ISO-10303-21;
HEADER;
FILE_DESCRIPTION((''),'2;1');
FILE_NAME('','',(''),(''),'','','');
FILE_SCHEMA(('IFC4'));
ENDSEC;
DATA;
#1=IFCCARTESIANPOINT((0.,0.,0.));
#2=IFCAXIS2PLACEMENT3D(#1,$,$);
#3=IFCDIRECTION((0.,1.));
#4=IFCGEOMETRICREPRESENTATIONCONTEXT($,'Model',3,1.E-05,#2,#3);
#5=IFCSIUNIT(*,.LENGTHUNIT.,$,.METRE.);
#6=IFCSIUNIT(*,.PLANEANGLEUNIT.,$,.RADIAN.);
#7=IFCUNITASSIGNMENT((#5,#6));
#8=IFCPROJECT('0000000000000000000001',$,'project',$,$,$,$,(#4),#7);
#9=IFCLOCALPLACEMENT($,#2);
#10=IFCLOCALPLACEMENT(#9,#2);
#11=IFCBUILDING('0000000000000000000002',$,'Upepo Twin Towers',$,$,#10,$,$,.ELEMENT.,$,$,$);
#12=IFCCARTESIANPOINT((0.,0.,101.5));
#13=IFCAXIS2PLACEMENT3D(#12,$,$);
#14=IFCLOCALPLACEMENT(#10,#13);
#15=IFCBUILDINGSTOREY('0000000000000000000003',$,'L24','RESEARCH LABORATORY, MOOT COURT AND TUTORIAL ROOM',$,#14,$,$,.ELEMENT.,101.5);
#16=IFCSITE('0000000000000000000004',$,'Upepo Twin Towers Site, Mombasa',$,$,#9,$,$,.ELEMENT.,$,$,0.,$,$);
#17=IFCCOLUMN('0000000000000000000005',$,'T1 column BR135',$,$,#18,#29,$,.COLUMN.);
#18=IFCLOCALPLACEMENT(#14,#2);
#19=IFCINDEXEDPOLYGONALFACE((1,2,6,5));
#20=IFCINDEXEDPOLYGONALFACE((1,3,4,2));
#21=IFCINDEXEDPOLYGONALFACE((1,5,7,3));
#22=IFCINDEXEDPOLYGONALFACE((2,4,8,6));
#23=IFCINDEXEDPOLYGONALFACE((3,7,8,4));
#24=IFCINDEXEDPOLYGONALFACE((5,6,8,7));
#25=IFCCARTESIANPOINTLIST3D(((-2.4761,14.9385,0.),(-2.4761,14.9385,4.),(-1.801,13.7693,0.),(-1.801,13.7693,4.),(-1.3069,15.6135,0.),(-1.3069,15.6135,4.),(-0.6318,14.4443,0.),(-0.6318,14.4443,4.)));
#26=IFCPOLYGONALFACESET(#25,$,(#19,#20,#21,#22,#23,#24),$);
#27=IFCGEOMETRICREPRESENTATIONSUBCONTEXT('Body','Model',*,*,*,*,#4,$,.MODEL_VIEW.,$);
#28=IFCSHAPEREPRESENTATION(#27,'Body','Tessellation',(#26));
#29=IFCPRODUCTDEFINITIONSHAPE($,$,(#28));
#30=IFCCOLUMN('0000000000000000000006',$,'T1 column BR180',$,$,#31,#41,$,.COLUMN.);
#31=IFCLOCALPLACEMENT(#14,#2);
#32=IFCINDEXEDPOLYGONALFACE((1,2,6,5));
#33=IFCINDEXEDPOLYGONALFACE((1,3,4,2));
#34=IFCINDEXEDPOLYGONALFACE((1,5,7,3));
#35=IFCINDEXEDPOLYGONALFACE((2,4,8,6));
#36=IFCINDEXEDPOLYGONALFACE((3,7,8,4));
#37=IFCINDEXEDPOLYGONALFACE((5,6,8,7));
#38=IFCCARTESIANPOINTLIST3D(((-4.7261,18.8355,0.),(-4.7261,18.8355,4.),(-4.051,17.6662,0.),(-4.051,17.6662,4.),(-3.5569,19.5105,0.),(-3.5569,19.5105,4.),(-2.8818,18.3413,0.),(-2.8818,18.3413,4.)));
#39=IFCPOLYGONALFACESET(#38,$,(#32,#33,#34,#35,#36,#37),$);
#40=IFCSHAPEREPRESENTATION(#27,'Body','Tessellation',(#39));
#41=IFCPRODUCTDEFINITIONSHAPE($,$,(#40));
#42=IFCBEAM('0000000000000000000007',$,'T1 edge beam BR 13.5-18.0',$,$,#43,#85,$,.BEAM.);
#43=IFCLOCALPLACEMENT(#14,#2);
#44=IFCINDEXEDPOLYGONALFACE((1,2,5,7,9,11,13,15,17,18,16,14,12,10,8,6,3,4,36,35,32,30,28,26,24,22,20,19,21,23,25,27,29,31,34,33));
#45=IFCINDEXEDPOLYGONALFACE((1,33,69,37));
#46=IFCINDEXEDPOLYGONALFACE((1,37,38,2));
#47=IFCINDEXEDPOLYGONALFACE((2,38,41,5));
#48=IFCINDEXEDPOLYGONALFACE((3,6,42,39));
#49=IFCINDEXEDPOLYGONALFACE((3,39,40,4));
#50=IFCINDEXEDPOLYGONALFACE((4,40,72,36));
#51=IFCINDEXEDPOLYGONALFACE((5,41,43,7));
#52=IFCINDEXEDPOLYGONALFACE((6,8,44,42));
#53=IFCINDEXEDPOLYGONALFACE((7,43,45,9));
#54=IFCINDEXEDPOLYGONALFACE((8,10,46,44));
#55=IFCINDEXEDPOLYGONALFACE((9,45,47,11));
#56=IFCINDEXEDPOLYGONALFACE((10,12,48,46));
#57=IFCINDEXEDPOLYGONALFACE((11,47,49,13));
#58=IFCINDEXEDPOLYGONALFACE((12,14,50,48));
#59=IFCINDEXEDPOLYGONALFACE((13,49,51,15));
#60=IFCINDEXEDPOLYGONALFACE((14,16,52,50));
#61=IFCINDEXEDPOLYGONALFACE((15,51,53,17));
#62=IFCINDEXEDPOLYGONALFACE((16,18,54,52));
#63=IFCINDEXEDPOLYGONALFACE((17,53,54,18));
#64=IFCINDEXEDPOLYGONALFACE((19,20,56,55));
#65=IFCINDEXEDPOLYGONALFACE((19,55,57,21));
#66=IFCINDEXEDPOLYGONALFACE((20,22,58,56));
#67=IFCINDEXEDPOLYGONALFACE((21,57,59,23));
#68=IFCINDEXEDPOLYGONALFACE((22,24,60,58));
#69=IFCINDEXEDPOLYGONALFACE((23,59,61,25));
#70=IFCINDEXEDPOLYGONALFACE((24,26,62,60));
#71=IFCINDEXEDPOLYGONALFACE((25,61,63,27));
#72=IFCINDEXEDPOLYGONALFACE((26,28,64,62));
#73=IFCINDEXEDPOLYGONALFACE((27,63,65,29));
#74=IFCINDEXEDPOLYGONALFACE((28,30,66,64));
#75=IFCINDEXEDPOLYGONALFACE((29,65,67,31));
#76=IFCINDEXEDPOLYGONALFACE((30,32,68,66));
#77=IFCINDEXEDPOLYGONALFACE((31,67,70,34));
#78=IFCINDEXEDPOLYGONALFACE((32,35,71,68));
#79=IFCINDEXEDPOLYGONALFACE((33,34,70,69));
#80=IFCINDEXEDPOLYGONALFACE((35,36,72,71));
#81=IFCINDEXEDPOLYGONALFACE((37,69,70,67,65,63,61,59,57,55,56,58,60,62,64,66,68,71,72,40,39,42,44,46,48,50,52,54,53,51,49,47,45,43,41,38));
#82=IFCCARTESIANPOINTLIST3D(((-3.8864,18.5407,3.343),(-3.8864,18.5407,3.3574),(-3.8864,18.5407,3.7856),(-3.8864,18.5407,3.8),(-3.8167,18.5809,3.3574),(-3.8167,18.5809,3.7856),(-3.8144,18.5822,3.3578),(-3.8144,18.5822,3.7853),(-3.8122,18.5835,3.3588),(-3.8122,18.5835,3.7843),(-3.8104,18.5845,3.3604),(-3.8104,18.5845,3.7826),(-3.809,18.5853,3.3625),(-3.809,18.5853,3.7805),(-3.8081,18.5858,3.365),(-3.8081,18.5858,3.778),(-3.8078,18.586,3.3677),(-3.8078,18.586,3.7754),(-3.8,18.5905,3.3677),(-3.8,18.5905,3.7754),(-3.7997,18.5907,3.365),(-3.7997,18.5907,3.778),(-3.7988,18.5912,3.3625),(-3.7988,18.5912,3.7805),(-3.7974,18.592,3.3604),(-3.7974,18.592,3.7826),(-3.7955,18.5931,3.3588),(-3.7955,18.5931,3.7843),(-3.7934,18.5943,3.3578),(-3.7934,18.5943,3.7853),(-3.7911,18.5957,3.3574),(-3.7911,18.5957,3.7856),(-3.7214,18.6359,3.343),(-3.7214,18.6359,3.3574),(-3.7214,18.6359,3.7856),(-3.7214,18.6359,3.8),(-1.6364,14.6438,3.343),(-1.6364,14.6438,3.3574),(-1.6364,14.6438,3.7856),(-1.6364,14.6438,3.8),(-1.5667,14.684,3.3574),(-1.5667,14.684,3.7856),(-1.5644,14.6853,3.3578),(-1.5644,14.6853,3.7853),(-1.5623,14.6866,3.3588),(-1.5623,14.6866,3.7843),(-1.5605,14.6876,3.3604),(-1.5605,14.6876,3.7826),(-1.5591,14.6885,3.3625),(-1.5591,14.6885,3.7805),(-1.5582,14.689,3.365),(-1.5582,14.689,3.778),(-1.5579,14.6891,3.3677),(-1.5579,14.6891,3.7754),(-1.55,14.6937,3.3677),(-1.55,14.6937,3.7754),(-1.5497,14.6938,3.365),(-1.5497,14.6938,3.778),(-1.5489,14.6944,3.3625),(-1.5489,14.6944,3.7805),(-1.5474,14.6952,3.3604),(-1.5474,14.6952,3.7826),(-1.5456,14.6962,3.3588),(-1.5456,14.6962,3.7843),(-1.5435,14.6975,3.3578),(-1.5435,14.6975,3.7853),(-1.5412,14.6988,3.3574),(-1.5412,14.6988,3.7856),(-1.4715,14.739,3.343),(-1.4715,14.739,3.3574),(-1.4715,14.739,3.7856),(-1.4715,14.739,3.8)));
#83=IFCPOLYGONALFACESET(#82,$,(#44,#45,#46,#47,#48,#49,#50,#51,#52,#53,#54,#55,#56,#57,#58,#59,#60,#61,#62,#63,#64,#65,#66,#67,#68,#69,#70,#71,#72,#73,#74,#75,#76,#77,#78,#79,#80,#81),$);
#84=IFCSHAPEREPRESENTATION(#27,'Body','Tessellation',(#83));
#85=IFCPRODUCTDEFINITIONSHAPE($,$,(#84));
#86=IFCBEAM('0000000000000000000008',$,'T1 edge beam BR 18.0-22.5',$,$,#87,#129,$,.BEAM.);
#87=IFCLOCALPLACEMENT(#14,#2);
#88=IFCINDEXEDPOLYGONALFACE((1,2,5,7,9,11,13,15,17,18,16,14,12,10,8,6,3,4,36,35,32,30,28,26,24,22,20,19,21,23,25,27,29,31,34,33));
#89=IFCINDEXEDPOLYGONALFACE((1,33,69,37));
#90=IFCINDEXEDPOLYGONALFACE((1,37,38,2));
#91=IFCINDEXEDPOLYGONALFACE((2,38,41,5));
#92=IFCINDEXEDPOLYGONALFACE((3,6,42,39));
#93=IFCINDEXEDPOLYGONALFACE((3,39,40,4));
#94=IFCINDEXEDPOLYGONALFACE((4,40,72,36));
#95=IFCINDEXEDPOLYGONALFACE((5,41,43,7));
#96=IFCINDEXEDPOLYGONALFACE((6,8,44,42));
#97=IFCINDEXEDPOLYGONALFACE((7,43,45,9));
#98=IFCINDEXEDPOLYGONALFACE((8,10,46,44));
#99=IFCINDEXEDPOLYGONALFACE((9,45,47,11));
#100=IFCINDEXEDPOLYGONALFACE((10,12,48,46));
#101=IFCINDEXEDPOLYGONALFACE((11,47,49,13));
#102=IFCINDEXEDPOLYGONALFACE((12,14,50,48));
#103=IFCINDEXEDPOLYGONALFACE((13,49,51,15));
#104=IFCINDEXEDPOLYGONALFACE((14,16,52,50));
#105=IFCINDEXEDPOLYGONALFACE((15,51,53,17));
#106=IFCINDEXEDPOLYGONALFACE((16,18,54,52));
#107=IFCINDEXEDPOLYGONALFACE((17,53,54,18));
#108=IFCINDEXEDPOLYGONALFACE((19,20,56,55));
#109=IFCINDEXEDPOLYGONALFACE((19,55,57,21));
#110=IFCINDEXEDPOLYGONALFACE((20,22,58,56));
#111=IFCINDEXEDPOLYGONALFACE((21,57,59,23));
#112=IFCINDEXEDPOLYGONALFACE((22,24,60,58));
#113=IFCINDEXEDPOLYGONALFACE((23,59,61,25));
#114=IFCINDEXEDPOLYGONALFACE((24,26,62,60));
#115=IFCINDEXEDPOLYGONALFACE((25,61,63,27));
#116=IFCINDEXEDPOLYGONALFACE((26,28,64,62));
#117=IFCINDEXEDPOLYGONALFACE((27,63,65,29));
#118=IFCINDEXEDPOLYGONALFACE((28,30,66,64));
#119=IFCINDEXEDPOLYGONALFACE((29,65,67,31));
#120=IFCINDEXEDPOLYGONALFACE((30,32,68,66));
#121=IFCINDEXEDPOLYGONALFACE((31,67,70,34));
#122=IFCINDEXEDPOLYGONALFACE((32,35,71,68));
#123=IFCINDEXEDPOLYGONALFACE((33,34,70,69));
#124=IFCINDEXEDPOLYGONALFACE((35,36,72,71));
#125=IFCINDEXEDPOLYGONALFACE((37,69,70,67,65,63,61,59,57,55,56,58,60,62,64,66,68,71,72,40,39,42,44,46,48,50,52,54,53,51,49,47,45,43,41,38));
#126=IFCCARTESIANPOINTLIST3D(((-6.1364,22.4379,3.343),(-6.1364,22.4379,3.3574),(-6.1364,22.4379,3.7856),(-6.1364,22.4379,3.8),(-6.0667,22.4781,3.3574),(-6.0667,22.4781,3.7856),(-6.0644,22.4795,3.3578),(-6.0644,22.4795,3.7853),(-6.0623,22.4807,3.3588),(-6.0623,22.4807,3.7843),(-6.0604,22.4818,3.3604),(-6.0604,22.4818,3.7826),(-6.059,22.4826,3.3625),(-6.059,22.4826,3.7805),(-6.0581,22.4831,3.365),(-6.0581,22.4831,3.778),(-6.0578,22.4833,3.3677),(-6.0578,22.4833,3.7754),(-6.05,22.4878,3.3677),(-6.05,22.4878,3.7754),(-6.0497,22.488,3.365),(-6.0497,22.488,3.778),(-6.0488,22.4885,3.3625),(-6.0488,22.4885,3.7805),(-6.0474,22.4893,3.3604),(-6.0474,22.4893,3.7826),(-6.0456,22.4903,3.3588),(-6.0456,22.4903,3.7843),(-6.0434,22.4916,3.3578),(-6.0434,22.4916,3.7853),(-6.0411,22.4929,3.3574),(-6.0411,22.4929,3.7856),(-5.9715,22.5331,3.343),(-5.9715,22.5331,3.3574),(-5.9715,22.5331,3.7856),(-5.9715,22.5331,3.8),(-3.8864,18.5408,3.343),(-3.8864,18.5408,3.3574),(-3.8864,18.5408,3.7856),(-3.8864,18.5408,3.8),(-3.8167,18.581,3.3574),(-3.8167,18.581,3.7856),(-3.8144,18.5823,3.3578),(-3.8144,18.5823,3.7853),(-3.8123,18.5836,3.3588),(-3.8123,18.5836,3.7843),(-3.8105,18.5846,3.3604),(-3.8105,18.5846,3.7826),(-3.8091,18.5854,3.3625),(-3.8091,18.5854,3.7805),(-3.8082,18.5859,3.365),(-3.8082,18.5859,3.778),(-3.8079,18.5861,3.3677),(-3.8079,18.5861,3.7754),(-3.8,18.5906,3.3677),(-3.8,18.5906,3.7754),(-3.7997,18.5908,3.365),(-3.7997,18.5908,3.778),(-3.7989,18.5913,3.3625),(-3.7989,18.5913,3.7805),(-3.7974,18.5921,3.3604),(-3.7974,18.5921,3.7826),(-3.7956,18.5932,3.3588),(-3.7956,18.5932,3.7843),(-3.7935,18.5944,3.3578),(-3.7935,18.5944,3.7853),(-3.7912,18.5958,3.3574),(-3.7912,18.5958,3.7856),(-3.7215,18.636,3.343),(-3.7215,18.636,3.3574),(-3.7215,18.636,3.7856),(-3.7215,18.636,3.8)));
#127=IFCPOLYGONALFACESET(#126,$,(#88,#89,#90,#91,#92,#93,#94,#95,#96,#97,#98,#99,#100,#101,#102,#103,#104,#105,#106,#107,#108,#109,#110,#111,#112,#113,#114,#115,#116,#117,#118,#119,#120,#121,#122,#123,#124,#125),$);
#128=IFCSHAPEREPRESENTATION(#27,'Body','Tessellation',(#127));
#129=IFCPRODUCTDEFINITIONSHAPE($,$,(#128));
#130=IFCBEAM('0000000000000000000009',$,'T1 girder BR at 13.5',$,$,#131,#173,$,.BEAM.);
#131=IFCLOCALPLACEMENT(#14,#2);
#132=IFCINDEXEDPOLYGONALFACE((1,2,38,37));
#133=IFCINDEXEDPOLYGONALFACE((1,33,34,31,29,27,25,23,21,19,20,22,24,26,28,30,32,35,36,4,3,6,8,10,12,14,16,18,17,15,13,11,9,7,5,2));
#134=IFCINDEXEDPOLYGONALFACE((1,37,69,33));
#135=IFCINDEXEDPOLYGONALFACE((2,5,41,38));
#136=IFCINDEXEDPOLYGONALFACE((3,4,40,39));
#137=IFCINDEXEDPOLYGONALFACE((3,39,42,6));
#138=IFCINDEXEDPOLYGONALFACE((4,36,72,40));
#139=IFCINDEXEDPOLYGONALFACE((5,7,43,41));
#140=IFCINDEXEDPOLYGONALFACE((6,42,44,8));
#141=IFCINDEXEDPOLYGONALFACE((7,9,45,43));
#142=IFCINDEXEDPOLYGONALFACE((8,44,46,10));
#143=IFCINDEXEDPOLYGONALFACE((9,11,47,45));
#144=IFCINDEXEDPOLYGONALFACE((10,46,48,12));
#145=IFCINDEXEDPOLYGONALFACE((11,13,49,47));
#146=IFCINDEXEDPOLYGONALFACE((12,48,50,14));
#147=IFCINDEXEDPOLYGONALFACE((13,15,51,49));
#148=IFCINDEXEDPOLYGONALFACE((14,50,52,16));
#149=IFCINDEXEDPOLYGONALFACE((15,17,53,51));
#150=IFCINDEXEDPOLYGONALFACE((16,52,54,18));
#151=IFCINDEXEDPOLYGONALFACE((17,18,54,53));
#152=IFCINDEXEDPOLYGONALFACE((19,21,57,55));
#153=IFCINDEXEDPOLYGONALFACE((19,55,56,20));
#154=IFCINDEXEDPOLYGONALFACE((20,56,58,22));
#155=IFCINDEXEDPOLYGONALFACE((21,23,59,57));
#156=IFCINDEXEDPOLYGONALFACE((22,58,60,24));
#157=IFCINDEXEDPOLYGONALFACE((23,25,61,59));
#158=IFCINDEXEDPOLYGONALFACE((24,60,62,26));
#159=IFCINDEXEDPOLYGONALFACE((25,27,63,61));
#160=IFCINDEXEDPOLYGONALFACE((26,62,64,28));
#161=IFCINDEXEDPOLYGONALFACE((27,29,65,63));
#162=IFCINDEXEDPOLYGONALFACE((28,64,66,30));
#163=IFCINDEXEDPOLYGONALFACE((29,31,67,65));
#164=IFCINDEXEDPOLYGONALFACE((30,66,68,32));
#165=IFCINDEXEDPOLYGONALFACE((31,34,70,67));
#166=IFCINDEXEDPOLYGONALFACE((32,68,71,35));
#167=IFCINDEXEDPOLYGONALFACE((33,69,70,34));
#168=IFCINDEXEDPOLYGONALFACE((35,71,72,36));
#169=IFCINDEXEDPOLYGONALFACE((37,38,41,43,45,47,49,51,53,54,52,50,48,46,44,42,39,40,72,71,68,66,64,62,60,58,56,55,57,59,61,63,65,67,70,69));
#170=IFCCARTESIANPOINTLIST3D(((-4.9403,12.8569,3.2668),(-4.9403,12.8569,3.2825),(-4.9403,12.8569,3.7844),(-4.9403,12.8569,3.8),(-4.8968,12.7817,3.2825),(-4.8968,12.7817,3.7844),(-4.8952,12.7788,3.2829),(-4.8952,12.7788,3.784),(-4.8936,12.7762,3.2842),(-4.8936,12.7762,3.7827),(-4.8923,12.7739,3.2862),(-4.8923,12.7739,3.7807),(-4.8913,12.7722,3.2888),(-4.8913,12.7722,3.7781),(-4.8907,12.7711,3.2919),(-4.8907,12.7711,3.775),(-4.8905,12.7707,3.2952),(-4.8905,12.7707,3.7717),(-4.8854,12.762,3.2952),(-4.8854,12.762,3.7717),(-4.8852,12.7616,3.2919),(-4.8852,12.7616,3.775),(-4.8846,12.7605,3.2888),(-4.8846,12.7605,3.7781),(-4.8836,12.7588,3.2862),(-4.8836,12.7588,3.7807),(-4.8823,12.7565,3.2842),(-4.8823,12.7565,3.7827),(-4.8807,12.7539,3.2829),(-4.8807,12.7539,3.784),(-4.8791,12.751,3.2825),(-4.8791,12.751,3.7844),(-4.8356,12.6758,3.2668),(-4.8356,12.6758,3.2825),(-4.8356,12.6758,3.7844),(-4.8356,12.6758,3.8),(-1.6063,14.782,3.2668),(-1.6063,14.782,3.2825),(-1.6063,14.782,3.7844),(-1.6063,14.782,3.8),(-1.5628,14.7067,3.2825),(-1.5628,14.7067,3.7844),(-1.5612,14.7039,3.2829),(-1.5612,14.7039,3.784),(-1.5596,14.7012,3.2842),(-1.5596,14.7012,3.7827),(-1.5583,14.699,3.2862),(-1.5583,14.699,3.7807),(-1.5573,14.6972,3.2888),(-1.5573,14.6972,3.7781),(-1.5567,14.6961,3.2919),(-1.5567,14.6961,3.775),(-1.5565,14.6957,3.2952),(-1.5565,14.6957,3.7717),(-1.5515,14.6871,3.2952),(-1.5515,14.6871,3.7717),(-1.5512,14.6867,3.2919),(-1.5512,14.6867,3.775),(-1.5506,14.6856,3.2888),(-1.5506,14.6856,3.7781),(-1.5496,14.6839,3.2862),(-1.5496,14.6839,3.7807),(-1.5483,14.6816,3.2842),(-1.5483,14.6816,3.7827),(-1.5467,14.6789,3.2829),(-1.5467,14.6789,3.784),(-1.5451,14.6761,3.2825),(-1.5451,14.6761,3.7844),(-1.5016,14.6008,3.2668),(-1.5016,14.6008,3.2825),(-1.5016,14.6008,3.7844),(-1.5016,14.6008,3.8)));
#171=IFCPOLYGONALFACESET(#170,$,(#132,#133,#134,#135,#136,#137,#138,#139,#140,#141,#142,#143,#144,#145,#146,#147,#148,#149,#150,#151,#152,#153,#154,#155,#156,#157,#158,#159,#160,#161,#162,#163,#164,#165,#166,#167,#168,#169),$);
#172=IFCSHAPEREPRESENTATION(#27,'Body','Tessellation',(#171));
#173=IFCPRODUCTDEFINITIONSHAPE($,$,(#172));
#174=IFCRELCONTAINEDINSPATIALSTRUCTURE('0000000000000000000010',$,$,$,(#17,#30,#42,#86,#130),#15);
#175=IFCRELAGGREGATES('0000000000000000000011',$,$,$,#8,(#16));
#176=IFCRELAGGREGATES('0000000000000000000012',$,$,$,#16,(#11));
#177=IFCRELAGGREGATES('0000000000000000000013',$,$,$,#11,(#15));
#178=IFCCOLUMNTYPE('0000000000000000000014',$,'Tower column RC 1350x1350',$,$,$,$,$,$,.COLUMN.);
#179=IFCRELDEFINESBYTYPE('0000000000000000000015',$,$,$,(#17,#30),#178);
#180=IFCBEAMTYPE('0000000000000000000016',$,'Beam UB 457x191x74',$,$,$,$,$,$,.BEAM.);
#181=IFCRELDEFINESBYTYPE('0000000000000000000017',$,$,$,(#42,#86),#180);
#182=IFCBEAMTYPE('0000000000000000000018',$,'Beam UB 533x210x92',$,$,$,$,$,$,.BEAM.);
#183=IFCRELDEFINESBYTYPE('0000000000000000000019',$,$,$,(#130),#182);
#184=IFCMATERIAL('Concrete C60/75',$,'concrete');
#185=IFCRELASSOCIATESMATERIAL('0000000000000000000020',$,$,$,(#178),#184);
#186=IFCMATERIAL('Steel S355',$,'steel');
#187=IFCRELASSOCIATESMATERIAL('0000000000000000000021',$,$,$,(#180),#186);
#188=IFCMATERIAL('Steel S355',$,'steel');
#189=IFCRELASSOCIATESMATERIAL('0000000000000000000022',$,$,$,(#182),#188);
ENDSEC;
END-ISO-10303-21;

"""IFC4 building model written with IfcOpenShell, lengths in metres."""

from ifc_helpers import new_model, si_unit, direction, frame, origin, origin_2d, place, context, subcontext, project, spatial, rectangle, i_section, extrude, material, material_profile, profile_set, type_object, element, save


model = new_model("IFC4")

# Units and contexts
model_context = context("Model", 3, precision=1e-05, world=origin(), true_north=direction((0.0, 1.0)))
body_context = subcontext(model_context, "Body", "Model", "MODEL_VIEW")
ifc_project = project(units=[si_unit("LENGTHUNIT", "METRE"), si_unit("PLANEANGLEUNIT", "RADIAN")], contexts=[model_context])

# Site, building, storey
site_placement = place(None, origin())
site = spatial("IfcSite", under=ifc_project, at=site_placement, Name="Upepo Twin Towers Site, Mombasa", CompositionType="ELEMENT", RefElevation=0.0)
building_placement = place(site_placement, origin())
building = spatial("IfcBuilding", under=site, at=building_placement, Name="Upepo Twin Towers", CompositionType="ELEMENT")
storey_placement = place(building_placement, frame((0.0, 0.0, 101.5)))
storey = spatial("IfcBuildingStorey", under=building, at=storey_placement, Name="L24", Description="RESEARCH LABORATORY, MOOT COURT AND TUTORIAL ROOM", CompositionType="ELEMENT", Elevation=101.5)

# Columns
ifc_material_1 = material(Name="Concrete C60/75", Category="concrete")
ifc_material_profile_1 = material_profile(ifc_material_1, rectangle(XDim=1.3501, YDim=1.3501, at=origin_2d()), Name="RC 1350x1350")
ifc_profile_set_1 = profile_set([ifc_material_profile_1], Name="Concrete C60/75")
column_type = type_object("IfcColumnType", Name="Tower column RC 1350x1350", PredefinedType="COLUMN", material=ifc_profile_set_1)
for number, where, z_axis, x_axis, name in (
    (1, (-1.554, 14.6914, 0.0), (0.0, 0.0, 1.0), (0.866025, 0.5, 0.0), "T1 column BR135"),
    (2, (-3.804, 18.5884, 0.0), (0.0, 0.0, 1.0), (0.866025, 0.5, 0.0), "T1 column BR180"),
):
    element("IfcColumn", number, at=place(storey_placement, frame(where, z_axis=z_axis, x_axis=x_axis)), inside=storey, type_object=column_type, Name=name, PredefinedType="COLUMN", context=body_context, shape_type="SweptSolid", body=[
        extrude(rectangle(XDim=1.3501, YDim=1.3501, at=origin_2d()), origin(), (0.0, 0.0, 1.0), 4.0),
    ])

# Beams
ifc_material_2 = material(Name="Steel S355", Category="steel")
ifc_material_profile_2 = material_profile(ifc_material_2, i_section(OverallWidth=0.1904, OverallDepth=0.457, WebThickness=0.009, FlangeThickness=0.0144, FilletRadius=0.0103, at=origin_2d()), Name="UB 457x191x74")
ifc_profile_set_2 = profile_set([ifc_material_profile_2], Name="Steel S355")
beam_type_1 = type_object("IfcBeamType", Name="Beam UB 457x191x74", PredefinedType="BEAM", material=ifc_profile_set_2)
beam_1_placement = place(storey_placement, frame((-1.554, 14.6914, 3.5715), z_axis=(-0.500014, 0.866018, 0.0), x_axis=(-0.866018, -0.500014, 0.0)))
element("IfcBeam", 3, at=beam_1_placement, inside=storey, type_object=beam_type_1, Name="T1 edge beam BR 13.5-18.0", PredefinedType="BEAM", context=body_context, shape_type="SweptSolid", body=[
    extrude(i_section(OverallWidth=0.1904, OverallDepth=0.457, WebThickness=0.009, FlangeThickness=0.0144, FilletRadius=0.0103, at=origin_2d()), origin(), (0.0, 0.0, 1.0), 4.4998),
])
beam_2_placement = place(storey_placement, frame((-3.804, 18.5884, 3.5715), z_axis=(-0.49999, 0.866031, 0.0), x_axis=(-0.866031, -0.49999, 0.0)))
element("IfcBeam", 4, at=beam_2_placement, inside=storey, type_object=beam_type_1, Name="T1 edge beam BR 18.0-22.5", PredefinedType="BEAM", context=body_context, shape_type="SweptSolid", body=[
    extrude(i_section(OverallWidth=0.1904, OverallDepth=0.457, WebThickness=0.009, FlangeThickness=0.0144, FilletRadius=0.0103, at=origin_2d()), origin(), (0.0, 0.0, 1.0), 4.5),
])
ifc_material_3 = material(Name="Steel S355", Category="steel")
ifc_material_profile_3 = material_profile(ifc_material_3, i_section(OverallWidth=0.2092, OverallDepth=0.5332, WebThickness=0.01, FlangeThickness=0.0156, FilletRadius=0.0127, at=origin_2d()), Name="UB 533x210x92")
ifc_profile_set_3 = profile_set([ifc_material_profile_3], Name="Steel S355")
beam_type_2 = type_object("IfcBeamType", Name="Beam UB 533x210x92", PredefinedType="BEAM", material=ifc_profile_set_3)
beam_3_placement = place(storey_placement, frame((-1.554, 14.6914, 3.5334), z_axis=(-0.866006, -0.500034, 0.0), x_axis=(0.500034, -0.866006, 0.0)))
element("IfcBeam", 5, at=beam_3_placement, inside=storey, type_object=beam_type_2, Name="T1 girder BR at 13.5", PredefinedType="BEAM", context=body_context, shape_type="SweptSolid", body=[
    extrude(i_section(OverallWidth=0.2092, OverallDepth=0.5332, WebThickness=0.01, FlangeThickness=0.0156, FilletRadius=0.0127, at=origin_2d()), origin(), (0.0, 0.0, 1.0), 3.8499),
])

save(model, "model.ifc")
